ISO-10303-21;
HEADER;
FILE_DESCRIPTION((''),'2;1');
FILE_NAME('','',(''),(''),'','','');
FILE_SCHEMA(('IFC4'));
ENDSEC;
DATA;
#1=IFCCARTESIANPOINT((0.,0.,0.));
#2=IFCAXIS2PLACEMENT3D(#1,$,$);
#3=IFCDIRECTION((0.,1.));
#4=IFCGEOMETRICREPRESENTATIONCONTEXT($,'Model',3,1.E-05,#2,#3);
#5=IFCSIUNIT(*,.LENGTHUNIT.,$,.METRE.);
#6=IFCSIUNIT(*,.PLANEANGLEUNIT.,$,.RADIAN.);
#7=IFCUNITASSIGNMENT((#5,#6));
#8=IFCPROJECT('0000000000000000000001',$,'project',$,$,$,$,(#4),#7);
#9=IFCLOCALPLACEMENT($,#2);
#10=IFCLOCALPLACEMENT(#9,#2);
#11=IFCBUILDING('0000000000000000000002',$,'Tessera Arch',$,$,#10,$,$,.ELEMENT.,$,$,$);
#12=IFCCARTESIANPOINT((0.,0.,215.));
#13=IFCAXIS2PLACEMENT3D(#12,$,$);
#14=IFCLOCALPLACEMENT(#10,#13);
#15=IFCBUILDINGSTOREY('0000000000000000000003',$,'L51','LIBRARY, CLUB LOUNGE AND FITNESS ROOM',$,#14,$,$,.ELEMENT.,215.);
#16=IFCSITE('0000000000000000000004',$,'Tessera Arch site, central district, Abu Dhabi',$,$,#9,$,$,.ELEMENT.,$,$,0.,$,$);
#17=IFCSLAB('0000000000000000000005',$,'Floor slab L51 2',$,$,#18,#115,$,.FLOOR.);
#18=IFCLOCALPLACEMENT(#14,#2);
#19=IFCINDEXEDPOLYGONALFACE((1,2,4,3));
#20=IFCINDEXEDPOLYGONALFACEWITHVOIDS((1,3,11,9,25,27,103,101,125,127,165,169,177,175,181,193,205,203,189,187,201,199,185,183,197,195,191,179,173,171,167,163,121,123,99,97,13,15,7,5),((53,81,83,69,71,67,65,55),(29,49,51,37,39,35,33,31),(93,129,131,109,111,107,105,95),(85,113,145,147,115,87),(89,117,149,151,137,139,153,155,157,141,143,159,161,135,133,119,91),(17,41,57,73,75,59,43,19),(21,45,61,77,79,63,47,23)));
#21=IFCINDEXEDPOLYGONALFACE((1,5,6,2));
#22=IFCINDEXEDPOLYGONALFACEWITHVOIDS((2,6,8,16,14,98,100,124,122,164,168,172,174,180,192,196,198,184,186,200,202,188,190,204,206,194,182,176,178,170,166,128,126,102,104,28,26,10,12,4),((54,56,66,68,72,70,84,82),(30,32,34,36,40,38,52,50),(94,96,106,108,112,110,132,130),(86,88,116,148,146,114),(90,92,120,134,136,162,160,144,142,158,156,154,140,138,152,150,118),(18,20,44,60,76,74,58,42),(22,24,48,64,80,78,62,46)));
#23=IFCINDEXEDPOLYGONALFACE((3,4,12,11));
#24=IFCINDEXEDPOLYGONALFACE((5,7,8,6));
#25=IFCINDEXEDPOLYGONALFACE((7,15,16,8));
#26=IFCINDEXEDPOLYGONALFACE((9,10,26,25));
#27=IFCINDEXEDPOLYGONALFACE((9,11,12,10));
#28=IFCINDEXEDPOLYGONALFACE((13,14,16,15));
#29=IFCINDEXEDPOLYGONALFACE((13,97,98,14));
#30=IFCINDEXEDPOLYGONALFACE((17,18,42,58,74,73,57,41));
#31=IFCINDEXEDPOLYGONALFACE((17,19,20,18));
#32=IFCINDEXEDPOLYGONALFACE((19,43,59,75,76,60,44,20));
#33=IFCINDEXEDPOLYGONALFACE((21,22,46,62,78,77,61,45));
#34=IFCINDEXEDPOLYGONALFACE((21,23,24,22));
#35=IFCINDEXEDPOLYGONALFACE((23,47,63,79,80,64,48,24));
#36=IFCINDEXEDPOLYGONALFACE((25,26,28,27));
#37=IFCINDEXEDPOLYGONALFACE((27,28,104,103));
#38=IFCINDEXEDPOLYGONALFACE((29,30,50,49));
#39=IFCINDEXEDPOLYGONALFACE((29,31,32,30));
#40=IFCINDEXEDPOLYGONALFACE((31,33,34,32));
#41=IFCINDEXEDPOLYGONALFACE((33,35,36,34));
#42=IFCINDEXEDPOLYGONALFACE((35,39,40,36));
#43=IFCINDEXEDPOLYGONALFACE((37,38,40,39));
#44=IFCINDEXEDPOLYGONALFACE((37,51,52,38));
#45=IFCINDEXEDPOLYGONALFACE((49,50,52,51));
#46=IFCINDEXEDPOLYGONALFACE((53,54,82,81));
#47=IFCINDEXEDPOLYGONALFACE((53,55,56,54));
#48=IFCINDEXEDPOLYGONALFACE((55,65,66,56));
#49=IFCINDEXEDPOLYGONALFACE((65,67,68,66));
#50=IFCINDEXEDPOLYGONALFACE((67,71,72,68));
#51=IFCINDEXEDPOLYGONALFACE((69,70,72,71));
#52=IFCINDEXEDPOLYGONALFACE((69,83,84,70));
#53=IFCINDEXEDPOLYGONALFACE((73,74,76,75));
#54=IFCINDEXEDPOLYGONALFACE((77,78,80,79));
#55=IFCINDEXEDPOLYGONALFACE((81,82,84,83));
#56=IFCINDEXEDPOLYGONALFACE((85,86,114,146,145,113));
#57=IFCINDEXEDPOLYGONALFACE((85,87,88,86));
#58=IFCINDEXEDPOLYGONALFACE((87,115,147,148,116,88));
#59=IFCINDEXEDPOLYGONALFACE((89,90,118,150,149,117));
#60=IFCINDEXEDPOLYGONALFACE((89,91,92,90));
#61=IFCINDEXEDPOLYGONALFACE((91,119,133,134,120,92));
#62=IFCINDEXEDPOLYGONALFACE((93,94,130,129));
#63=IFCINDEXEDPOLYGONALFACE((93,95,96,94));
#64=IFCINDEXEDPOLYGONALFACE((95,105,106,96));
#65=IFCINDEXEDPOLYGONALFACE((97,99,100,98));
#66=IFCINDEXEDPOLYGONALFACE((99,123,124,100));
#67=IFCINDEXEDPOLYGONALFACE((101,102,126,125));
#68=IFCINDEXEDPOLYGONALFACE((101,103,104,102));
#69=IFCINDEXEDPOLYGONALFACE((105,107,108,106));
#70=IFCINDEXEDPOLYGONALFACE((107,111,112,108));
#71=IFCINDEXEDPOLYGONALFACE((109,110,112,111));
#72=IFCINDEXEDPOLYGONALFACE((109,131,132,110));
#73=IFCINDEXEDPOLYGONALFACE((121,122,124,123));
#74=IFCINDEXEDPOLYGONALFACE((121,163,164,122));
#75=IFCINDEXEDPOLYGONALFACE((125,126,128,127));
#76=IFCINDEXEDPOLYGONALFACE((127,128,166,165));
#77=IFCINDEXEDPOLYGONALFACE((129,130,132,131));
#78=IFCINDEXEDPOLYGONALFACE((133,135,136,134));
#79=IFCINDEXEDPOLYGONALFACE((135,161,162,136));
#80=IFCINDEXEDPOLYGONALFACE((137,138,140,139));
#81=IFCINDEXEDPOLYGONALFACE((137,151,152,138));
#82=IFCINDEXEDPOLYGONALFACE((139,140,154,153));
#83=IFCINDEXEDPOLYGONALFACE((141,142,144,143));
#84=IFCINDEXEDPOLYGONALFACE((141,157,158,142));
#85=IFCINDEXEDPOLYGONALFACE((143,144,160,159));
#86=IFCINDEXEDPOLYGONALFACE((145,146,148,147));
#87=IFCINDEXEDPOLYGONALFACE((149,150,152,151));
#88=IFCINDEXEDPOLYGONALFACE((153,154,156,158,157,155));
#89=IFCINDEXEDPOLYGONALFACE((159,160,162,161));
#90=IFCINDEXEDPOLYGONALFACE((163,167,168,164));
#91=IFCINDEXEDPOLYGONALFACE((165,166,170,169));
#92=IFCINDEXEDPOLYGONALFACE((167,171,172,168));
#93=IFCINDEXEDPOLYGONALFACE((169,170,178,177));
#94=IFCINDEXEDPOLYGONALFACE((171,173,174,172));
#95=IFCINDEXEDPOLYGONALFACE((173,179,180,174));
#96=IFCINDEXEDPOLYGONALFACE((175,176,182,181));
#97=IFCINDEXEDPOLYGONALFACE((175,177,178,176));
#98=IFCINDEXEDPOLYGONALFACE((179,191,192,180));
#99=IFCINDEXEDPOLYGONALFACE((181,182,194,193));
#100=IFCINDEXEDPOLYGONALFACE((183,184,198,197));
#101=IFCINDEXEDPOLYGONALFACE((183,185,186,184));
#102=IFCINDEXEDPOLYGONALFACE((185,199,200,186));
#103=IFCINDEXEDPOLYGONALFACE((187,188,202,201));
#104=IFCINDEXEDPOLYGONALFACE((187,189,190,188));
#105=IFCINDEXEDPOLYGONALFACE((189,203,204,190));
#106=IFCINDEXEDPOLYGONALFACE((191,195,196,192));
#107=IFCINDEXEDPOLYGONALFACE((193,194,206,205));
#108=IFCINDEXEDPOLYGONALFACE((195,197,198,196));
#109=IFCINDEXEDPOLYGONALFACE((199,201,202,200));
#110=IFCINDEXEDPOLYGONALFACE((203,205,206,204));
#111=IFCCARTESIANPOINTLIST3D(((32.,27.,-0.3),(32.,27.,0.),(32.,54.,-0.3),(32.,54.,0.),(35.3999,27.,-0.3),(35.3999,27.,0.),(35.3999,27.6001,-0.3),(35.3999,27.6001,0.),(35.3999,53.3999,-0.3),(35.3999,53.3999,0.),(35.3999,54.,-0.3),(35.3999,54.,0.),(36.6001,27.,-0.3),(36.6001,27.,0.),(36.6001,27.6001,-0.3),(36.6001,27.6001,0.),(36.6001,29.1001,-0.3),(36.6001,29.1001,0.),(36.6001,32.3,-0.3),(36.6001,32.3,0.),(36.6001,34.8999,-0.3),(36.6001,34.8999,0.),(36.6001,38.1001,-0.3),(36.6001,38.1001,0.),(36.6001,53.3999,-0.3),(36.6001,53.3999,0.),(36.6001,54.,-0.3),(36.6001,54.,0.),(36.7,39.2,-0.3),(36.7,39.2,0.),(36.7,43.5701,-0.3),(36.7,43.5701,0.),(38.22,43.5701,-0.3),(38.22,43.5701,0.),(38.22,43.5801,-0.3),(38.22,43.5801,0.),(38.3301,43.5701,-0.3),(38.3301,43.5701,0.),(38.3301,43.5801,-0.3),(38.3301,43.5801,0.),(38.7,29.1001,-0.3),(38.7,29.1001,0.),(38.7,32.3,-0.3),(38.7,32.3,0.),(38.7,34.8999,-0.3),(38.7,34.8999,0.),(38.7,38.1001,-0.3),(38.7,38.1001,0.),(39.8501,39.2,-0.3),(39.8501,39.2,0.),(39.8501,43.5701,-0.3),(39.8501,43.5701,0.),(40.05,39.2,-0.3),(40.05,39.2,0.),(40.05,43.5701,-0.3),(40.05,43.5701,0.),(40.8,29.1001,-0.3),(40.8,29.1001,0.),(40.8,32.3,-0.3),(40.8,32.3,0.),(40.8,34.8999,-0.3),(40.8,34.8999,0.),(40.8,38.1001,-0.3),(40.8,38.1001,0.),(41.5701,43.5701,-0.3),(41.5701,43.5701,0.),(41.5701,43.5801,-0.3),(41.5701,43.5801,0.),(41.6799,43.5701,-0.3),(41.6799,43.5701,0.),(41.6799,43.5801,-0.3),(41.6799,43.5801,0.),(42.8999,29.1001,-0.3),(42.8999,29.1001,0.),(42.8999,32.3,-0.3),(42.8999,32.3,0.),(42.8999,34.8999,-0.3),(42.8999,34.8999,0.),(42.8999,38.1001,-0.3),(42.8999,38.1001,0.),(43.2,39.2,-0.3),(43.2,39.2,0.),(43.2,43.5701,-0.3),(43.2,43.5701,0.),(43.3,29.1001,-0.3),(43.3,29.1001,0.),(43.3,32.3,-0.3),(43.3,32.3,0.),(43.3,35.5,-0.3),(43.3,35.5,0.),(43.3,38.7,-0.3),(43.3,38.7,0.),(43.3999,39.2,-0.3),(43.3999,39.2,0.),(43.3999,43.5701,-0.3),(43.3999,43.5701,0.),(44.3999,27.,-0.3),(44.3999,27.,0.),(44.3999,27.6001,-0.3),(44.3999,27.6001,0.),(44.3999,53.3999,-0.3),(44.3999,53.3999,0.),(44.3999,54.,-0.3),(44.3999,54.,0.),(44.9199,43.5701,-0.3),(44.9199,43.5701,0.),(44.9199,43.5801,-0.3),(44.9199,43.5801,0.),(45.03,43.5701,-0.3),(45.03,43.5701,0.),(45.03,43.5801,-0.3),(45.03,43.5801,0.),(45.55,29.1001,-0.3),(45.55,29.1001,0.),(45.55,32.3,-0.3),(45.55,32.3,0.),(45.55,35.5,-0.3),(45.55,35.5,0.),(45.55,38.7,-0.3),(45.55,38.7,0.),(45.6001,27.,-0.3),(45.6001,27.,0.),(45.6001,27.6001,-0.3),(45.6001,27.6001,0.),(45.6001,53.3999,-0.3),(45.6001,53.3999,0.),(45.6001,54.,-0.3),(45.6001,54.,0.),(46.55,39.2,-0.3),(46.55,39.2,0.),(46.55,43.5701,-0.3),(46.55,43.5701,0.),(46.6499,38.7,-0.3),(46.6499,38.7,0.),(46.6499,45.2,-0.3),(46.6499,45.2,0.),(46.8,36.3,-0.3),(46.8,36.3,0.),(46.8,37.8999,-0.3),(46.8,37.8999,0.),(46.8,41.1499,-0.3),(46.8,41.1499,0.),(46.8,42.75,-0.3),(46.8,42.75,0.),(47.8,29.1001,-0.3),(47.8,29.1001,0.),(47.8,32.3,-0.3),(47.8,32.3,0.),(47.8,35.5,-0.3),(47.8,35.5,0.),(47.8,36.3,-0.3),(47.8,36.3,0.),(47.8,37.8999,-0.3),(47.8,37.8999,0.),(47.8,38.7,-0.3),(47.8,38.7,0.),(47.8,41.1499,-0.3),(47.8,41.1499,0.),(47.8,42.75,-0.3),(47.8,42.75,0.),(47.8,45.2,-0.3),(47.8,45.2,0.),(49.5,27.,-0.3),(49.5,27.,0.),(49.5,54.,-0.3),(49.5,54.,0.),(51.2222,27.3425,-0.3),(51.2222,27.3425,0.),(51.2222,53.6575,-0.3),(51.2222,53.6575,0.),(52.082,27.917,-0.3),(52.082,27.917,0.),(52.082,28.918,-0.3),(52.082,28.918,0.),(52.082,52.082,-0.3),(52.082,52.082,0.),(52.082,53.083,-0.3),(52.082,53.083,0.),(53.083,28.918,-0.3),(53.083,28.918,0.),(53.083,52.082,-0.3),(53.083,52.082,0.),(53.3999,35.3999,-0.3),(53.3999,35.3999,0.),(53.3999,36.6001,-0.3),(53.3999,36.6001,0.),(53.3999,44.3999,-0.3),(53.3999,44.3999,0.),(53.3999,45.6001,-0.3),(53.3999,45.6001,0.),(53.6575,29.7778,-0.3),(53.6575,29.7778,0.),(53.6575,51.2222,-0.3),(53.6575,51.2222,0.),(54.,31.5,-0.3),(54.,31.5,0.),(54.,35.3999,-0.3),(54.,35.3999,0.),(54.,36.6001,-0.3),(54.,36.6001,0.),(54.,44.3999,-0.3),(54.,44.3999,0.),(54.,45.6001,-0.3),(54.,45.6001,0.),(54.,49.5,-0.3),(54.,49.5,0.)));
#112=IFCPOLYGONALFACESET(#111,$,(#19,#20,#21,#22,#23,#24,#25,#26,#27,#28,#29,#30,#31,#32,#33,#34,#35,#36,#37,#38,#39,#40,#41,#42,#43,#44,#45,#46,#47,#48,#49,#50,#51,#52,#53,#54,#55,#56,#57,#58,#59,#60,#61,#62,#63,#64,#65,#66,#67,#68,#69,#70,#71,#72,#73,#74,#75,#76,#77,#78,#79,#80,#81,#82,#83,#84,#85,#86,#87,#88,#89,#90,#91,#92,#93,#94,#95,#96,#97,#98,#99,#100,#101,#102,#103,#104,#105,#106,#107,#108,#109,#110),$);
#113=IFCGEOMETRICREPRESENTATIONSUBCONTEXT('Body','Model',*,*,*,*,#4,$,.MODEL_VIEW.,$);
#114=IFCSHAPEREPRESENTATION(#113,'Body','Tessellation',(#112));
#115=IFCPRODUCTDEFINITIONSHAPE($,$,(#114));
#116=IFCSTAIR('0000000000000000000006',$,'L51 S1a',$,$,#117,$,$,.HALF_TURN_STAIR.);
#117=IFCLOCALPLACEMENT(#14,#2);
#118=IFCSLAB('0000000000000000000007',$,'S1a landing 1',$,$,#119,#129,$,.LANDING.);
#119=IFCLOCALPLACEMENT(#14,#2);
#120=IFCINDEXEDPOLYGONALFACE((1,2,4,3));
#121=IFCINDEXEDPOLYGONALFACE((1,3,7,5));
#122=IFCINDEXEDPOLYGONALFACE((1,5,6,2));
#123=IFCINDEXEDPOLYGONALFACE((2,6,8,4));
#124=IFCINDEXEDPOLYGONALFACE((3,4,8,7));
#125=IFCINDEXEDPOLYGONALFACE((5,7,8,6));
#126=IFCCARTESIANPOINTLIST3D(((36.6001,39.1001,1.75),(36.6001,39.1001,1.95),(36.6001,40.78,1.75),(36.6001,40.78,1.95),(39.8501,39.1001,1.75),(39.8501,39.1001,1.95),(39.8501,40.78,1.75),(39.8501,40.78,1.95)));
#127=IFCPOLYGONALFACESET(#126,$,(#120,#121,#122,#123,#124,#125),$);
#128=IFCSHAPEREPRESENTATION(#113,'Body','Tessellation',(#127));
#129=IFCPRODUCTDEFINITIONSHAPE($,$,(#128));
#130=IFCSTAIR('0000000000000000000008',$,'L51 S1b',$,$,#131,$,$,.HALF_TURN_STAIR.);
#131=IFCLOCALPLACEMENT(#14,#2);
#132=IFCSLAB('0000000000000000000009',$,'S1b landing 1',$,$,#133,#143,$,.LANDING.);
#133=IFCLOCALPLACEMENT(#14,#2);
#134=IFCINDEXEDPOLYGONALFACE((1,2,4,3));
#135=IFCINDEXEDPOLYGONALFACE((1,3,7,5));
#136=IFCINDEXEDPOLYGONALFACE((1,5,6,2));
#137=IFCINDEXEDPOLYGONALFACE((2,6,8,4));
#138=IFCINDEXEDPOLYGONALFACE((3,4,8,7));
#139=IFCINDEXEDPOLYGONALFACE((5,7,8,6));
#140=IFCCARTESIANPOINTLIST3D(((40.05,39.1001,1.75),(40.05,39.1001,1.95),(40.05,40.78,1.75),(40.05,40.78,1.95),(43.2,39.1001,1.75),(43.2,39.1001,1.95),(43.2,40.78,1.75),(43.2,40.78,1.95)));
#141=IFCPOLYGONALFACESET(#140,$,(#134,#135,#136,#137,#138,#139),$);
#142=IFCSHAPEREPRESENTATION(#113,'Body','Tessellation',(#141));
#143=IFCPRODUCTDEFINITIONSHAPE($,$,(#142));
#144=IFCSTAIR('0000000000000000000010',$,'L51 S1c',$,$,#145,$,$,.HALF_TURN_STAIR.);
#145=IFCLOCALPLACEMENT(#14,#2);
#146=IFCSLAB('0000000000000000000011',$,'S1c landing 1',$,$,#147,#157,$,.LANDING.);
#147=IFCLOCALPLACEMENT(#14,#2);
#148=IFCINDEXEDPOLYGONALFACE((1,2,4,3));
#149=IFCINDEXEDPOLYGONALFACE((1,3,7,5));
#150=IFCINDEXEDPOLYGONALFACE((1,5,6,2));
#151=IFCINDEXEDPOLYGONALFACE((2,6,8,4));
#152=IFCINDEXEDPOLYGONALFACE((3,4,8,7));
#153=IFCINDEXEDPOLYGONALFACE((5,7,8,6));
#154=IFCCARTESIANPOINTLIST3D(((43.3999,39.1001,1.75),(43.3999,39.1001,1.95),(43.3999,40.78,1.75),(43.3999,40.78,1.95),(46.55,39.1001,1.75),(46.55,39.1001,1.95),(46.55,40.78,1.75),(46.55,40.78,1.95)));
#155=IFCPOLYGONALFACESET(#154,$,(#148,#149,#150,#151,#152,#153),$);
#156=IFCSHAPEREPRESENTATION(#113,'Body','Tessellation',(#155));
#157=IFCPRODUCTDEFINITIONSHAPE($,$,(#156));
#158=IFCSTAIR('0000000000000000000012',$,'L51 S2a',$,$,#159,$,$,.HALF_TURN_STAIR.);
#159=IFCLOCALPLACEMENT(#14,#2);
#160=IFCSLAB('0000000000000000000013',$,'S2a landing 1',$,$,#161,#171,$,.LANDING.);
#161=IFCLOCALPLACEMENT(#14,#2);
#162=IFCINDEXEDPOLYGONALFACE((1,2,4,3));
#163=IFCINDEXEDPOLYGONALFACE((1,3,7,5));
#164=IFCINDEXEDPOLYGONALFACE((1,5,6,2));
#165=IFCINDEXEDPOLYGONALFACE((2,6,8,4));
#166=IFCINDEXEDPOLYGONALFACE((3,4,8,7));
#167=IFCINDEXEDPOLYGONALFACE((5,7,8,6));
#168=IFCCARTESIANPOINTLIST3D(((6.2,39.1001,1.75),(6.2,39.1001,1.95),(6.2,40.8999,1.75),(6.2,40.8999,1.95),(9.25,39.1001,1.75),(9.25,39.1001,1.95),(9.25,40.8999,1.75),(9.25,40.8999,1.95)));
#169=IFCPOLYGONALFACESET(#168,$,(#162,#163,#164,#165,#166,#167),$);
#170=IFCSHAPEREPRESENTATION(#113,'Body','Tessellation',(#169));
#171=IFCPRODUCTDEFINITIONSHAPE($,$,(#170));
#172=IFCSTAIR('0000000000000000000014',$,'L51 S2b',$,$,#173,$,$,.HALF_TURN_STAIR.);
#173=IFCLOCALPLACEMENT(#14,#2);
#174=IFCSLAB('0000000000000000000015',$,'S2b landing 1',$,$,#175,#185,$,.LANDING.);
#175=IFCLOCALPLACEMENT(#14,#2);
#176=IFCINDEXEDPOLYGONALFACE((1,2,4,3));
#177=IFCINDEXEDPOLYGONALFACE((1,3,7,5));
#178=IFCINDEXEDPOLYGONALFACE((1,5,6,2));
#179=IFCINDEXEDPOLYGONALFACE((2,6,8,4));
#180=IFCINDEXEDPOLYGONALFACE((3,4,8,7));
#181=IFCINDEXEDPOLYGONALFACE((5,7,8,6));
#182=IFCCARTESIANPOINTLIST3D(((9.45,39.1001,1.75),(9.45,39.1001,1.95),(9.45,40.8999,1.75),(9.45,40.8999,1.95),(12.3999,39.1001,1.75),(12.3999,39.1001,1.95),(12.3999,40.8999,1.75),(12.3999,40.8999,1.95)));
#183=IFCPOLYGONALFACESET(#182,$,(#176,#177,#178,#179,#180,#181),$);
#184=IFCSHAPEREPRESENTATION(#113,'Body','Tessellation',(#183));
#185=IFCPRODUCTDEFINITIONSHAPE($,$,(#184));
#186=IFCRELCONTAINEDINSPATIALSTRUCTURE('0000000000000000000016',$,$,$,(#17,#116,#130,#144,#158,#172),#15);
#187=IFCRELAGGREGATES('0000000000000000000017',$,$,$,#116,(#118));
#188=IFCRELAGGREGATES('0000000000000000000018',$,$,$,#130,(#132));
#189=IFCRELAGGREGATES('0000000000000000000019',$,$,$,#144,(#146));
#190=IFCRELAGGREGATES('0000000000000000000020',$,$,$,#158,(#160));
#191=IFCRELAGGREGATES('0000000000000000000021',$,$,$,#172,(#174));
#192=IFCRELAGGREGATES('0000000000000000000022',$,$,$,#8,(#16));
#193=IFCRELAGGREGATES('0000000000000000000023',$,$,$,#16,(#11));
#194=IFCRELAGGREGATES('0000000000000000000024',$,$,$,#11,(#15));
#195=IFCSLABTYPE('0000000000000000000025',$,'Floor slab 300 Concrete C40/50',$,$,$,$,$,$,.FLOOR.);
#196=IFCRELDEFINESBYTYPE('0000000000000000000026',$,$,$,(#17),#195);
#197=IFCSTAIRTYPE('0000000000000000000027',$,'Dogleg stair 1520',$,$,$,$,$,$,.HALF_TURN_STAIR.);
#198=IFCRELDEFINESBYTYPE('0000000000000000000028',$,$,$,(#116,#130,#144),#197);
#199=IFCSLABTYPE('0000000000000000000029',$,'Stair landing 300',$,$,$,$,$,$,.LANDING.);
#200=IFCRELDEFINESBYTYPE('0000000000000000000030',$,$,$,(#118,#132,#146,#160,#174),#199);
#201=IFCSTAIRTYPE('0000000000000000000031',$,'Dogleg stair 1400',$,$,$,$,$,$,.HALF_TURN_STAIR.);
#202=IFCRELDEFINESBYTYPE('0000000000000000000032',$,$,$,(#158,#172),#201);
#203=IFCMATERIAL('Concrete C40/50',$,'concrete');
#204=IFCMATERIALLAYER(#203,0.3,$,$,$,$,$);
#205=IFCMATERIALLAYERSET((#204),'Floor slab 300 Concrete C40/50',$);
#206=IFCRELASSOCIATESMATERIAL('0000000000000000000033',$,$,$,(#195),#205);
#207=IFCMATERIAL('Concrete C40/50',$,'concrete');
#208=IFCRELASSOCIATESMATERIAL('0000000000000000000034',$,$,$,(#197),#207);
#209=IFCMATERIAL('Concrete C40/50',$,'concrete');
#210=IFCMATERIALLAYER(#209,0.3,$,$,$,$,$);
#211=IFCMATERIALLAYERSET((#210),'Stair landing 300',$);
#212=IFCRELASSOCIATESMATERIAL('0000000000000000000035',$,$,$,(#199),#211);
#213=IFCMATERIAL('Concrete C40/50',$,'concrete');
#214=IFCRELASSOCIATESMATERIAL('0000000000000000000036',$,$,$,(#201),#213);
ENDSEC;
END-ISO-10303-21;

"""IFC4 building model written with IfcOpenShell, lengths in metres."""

from ifc_helpers import new_model, si_unit, direction, frame, origin, place, context, subcontext, project, spatial, polyline, outline, extrude, material, layer, layer_set, type_object, element, aggregate, save


model = new_model("IFC4")

# Units and contexts
model_context = context("Model", 3, precision=1e-05, world=origin(), true_north=direction((0.0, 1.0)))
body_context = subcontext(model_context, "Body", "Model", "MODEL_VIEW")
ifc_project = project(units=[si_unit("LENGTHUNIT", "METRE"), si_unit("PLANEANGLEUNIT", "RADIAN")], contexts=[model_context])

# Site, building, storey
site_placement = place(None, origin())
site = spatial("IfcSite", under=ifc_project, at=site_placement, Name="Tessera Arch site, central district, Abu Dhabi", CompositionType="ELEMENT", RefElevation=0.0)
building_placement = place(site_placement, origin())
building = spatial("IfcBuilding", under=site, at=building_placement, Name="Tessera Arch", CompositionType="ELEMENT")
storey_placement = place(building_placement, frame((0.0, 0.0, 215.0)))
storey = spatial("IfcBuildingStorey", under=building, at=storey_placement, Name="L51", Description="LIBRARY, CLUB LOUNGE AND FITNESS ROOM", CompositionType="ELEMENT", Elevation=215.0)

# Slab
ifc_material_1 = material(Name="Concrete C40/50", Category="concrete")
ifc_layer_1 = layer(ifc_material_1, 0.3)
ifc_layer_set_1 = layer_set([ifc_layer_1], Name="Floor slab 300 Concrete C40/50")
slab_type_1 = type_object("IfcSlabType", Name="Floor slab 300 Concrete C40/50", PredefinedType="FLOOR", material=ifc_layer_set_1)
slab_1_placement = place(storey_placement, frame((0.0, 0.0, -0.3)))
element("IfcSlab", 1, at=slab_1_placement, inside=storey, type_object=slab_type_1, Name="Floor slab L51 2", PredefinedType="FLOOR", context=body_context, shape_type="SweptSolid", body=[
    extrude(outline(polyline([(51.2222, 53.6575), (52.082, 53.083), (52.082, 52.082), (53.083, 52.082), (53.6575, 51.2222), (54.0, 49.5), (54.0, 45.6001), (53.3999, 45.6001), (53.3999, 44.3999), (54.0, 44.3999), (54.0, 36.6001), (53.3999, 36.6001), (53.3999, 35.3999), (54.0, 35.3999), (54.0, 31.5), (53.6575, 29.7778), (53.083, 28.918), (52.082, 28.918), (52.082, 27.917), (51.2222, 27.3425), (49.5, 27.0), (45.6001, 27.0), (45.6001, 27.6001), (44.3999, 27.6001), (44.3999, 27.0), (36.6001, 27.0), (36.6001, 27.6001), (35.3999, 27.6001), (35.3999, 27.0), (32.0, 27.0), (32.0, 54.0), (35.3999, 54.0), (35.3999, 53.3999), (36.6001, 53.3999), (36.6001, 54.0), (44.3999, 54.0), (44.3999, 53.3999), (45.6001, 53.3999), (45.6001, 54.0), (49.5, 54.0), (51.2222, 53.6575)]), holes=[polyline([(36.6001, 29.1001), (38.7, 29.1001), (40.8, 29.1001), (42.8999, 29.1001), (42.8999, 32.3), (40.8, 32.3), (38.7, 32.3), (36.6001, 32.3), (36.6001, 29.1001)]), polyline([(47.8, 32.3), (45.55, 32.3), (43.3, 32.3), (43.3, 29.1001), (45.55, 29.1001), (47.8, 29.1001), (47.8, 32.3)]), polyline([(42.8999, 34.8999), (42.8999, 38.1001), (40.8, 38.1001), (38.7, 38.1001), (36.6001, 38.1001), (36.6001, 34.8999), (38.7, 34.8999), (40.8, 34.8999), (42.8999, 34.8999)]), polyline([(47.8, 41.1499), (46.8, 41.1499), (46.8, 42.75), (47.8, 42.75), (47.8, 45.2), (46.6499, 45.2), (46.6499, 38.7), (45.55, 38.7), (43.3, 38.7), (43.3, 35.5), (45.55, 35.5), (47.8, 35.5), (47.8, 36.3), (46.8, 36.3), (46.8, 37.8999), (47.8, 37.8999), (47.8, 38.7), (47.8, 41.1499)]), polyline([(36.7, 43.5701), (36.7, 39.2), (39.8501, 39.2), (39.8501, 43.5701), (38.3301, 43.5701), (38.3301, 43.5801), (38.22, 43.5801), (38.22, 43.5701), (36.7, 43.5701)]), polyline([(40.05, 39.2), (43.2, 39.2), (43.2, 43.5701), (41.6799, 43.5701), (41.6799, 43.5801), (41.5701, 43.5801), (41.5701, 43.5701), (40.05, 43.5701), (40.05, 39.2)]), polyline([(43.3999, 43.5701), (43.3999, 39.2), (46.55, 39.2), (46.55, 43.5701), (45.03, 43.5701), (45.03, 43.5801), (44.9199, 43.5801), (44.9199, 43.5701), (43.3999, 43.5701)])]), origin(), (0.0, 0.0, 1.0), 0.3),
])

# Stairs, slabs
ifc_material_2 = material(Name="Concrete C40/50", Category="concrete")
stair_type_1 = type_object("IfcStairType", Name="Dogleg stair 1520", PredefinedType="HALF_TURN_STAIR", material=ifc_material_2)
stair_1_placement = place(storey_placement, origin())
stair_1 = element("IfcStair", 2, at=stair_1_placement, inside=storey, type_object=stair_type_1, Name="L51 S1a", PredefinedType="HALF_TURN_STAIR")
ifc_material_3 = material(Name="Concrete C40/50", Category="concrete")
ifc_layer_2 = layer(ifc_material_3, 0.3)
ifc_layer_set_2 = layer_set([ifc_layer_2], Name="Stair landing 300")
slab_type_2 = type_object("IfcSlabType", Name="Stair landing 300", PredefinedType="LANDING", material=ifc_layer_set_2)
slab_2_placement = place(storey_placement, frame((0.0, 0.0, 1.75)))
slab_2 = element("IfcSlab", 3, at=slab_2_placement, type_object=slab_type_2, Name="S1a landing 1", PredefinedType="LANDING", context=body_context, shape_type="SweptSolid", body=[
    extrude(outline(polyline([(36.6001, 40.78), (36.6001, 39.1001), (39.8501, 39.1001), (39.8501, 40.78), (36.6001, 40.78)])), origin(), (0.0, 0.0, 1.0), 0.2),
])
aggregate(stair_1, [slab_2])
stair_2_placement = place(storey_placement, origin())
stair_2 = element("IfcStair", 4, at=stair_2_placement, inside=storey, type_object=stair_type_1, Name="L51 S1b", PredefinedType="HALF_TURN_STAIR")
slab_3_placement = place(storey_placement, frame((0.0, 0.0, 1.75)))
slab_3 = element("IfcSlab", 5, at=slab_3_placement, type_object=slab_type_2, Name="S1b landing 1", PredefinedType="LANDING", context=body_context, shape_type="SweptSolid", body=[
    extrude(outline(polyline([(40.05, 40.78), (40.05, 39.1001), (43.2, 39.1001), (43.2, 40.78), (40.05, 40.78)])), origin(), (0.0, 0.0, 1.0), 0.2),
])
aggregate(stair_2, [slab_3])
stair_3_placement = place(storey_placement, origin())
stair_3 = element("IfcStair", 6, at=stair_3_placement, inside=storey, type_object=stair_type_1, Name="L51 S1c", PredefinedType="HALF_TURN_STAIR")
slab_4_placement = place(storey_placement, frame((0.0, 0.0, 1.75)))
slab_4 = element("IfcSlab", 7, at=slab_4_placement, type_object=slab_type_2, Name="S1c landing 1", PredefinedType="LANDING", context=body_context, shape_type="SweptSolid", body=[
    extrude(outline(polyline([(43.3999, 40.78), (43.3999, 39.1001), (46.55, 39.1001), (46.55, 40.78), (43.3999, 40.78)])), origin(), (0.0, 0.0, 1.0), 0.2),
])
aggregate(stair_3, [slab_4])
ifc_material_4 = material(Name="Concrete C40/50", Category="concrete")
stair_type_2 = type_object("IfcStairType", Name="Dogleg stair 1400", PredefinedType="HALF_TURN_STAIR", material=ifc_material_4)
stair_4_placement = place(storey_placement, origin())
stair_4 = element("IfcStair", 8, at=stair_4_placement, inside=storey, type_object=stair_type_2, Name="L51 S2a", PredefinedType="HALF_TURN_STAIR")
slab_5_placement = place(storey_placement, frame((0.0, 0.0, 1.75)))
slab_5 = element("IfcSlab", 9, at=slab_5_placement, type_object=slab_type_2, Name="S2a landing 1", PredefinedType="LANDING", context=body_context, shape_type="SweptSolid", body=[
    extrude(outline(polyline([(6.2, 40.8999), (6.2, 39.1001), (9.25, 39.1001), (9.25, 40.8999), (6.2, 40.8999)])), origin(), (0.0, 0.0, 1.0), 0.2),
])
aggregate(stair_4, [slab_5])
stair_5_placement = place(storey_placement, origin())
stair_5 = element("IfcStair", 10, at=stair_5_placement, inside=storey, type_object=stair_type_2, Name="L51 S2b", PredefinedType="HALF_TURN_STAIR")
slab_6_placement = place(storey_placement, frame((0.0, 0.0, 1.75)))
slab_6 = element("IfcSlab", 11, at=slab_6_placement, type_object=slab_type_2, Name="S2b landing 1", PredefinedType="LANDING", context=body_context, shape_type="SweptSolid", body=[
    extrude(outline(polyline([(9.45, 40.8999), (9.45, 39.1001), (12.3999, 39.1001), (12.3999, 40.8999), (9.45, 40.8999)])), origin(), (0.0, 0.0, 1.0), 0.2),
])
aggregate(stair_5, [slab_6])

save(model, "model.ifc")
